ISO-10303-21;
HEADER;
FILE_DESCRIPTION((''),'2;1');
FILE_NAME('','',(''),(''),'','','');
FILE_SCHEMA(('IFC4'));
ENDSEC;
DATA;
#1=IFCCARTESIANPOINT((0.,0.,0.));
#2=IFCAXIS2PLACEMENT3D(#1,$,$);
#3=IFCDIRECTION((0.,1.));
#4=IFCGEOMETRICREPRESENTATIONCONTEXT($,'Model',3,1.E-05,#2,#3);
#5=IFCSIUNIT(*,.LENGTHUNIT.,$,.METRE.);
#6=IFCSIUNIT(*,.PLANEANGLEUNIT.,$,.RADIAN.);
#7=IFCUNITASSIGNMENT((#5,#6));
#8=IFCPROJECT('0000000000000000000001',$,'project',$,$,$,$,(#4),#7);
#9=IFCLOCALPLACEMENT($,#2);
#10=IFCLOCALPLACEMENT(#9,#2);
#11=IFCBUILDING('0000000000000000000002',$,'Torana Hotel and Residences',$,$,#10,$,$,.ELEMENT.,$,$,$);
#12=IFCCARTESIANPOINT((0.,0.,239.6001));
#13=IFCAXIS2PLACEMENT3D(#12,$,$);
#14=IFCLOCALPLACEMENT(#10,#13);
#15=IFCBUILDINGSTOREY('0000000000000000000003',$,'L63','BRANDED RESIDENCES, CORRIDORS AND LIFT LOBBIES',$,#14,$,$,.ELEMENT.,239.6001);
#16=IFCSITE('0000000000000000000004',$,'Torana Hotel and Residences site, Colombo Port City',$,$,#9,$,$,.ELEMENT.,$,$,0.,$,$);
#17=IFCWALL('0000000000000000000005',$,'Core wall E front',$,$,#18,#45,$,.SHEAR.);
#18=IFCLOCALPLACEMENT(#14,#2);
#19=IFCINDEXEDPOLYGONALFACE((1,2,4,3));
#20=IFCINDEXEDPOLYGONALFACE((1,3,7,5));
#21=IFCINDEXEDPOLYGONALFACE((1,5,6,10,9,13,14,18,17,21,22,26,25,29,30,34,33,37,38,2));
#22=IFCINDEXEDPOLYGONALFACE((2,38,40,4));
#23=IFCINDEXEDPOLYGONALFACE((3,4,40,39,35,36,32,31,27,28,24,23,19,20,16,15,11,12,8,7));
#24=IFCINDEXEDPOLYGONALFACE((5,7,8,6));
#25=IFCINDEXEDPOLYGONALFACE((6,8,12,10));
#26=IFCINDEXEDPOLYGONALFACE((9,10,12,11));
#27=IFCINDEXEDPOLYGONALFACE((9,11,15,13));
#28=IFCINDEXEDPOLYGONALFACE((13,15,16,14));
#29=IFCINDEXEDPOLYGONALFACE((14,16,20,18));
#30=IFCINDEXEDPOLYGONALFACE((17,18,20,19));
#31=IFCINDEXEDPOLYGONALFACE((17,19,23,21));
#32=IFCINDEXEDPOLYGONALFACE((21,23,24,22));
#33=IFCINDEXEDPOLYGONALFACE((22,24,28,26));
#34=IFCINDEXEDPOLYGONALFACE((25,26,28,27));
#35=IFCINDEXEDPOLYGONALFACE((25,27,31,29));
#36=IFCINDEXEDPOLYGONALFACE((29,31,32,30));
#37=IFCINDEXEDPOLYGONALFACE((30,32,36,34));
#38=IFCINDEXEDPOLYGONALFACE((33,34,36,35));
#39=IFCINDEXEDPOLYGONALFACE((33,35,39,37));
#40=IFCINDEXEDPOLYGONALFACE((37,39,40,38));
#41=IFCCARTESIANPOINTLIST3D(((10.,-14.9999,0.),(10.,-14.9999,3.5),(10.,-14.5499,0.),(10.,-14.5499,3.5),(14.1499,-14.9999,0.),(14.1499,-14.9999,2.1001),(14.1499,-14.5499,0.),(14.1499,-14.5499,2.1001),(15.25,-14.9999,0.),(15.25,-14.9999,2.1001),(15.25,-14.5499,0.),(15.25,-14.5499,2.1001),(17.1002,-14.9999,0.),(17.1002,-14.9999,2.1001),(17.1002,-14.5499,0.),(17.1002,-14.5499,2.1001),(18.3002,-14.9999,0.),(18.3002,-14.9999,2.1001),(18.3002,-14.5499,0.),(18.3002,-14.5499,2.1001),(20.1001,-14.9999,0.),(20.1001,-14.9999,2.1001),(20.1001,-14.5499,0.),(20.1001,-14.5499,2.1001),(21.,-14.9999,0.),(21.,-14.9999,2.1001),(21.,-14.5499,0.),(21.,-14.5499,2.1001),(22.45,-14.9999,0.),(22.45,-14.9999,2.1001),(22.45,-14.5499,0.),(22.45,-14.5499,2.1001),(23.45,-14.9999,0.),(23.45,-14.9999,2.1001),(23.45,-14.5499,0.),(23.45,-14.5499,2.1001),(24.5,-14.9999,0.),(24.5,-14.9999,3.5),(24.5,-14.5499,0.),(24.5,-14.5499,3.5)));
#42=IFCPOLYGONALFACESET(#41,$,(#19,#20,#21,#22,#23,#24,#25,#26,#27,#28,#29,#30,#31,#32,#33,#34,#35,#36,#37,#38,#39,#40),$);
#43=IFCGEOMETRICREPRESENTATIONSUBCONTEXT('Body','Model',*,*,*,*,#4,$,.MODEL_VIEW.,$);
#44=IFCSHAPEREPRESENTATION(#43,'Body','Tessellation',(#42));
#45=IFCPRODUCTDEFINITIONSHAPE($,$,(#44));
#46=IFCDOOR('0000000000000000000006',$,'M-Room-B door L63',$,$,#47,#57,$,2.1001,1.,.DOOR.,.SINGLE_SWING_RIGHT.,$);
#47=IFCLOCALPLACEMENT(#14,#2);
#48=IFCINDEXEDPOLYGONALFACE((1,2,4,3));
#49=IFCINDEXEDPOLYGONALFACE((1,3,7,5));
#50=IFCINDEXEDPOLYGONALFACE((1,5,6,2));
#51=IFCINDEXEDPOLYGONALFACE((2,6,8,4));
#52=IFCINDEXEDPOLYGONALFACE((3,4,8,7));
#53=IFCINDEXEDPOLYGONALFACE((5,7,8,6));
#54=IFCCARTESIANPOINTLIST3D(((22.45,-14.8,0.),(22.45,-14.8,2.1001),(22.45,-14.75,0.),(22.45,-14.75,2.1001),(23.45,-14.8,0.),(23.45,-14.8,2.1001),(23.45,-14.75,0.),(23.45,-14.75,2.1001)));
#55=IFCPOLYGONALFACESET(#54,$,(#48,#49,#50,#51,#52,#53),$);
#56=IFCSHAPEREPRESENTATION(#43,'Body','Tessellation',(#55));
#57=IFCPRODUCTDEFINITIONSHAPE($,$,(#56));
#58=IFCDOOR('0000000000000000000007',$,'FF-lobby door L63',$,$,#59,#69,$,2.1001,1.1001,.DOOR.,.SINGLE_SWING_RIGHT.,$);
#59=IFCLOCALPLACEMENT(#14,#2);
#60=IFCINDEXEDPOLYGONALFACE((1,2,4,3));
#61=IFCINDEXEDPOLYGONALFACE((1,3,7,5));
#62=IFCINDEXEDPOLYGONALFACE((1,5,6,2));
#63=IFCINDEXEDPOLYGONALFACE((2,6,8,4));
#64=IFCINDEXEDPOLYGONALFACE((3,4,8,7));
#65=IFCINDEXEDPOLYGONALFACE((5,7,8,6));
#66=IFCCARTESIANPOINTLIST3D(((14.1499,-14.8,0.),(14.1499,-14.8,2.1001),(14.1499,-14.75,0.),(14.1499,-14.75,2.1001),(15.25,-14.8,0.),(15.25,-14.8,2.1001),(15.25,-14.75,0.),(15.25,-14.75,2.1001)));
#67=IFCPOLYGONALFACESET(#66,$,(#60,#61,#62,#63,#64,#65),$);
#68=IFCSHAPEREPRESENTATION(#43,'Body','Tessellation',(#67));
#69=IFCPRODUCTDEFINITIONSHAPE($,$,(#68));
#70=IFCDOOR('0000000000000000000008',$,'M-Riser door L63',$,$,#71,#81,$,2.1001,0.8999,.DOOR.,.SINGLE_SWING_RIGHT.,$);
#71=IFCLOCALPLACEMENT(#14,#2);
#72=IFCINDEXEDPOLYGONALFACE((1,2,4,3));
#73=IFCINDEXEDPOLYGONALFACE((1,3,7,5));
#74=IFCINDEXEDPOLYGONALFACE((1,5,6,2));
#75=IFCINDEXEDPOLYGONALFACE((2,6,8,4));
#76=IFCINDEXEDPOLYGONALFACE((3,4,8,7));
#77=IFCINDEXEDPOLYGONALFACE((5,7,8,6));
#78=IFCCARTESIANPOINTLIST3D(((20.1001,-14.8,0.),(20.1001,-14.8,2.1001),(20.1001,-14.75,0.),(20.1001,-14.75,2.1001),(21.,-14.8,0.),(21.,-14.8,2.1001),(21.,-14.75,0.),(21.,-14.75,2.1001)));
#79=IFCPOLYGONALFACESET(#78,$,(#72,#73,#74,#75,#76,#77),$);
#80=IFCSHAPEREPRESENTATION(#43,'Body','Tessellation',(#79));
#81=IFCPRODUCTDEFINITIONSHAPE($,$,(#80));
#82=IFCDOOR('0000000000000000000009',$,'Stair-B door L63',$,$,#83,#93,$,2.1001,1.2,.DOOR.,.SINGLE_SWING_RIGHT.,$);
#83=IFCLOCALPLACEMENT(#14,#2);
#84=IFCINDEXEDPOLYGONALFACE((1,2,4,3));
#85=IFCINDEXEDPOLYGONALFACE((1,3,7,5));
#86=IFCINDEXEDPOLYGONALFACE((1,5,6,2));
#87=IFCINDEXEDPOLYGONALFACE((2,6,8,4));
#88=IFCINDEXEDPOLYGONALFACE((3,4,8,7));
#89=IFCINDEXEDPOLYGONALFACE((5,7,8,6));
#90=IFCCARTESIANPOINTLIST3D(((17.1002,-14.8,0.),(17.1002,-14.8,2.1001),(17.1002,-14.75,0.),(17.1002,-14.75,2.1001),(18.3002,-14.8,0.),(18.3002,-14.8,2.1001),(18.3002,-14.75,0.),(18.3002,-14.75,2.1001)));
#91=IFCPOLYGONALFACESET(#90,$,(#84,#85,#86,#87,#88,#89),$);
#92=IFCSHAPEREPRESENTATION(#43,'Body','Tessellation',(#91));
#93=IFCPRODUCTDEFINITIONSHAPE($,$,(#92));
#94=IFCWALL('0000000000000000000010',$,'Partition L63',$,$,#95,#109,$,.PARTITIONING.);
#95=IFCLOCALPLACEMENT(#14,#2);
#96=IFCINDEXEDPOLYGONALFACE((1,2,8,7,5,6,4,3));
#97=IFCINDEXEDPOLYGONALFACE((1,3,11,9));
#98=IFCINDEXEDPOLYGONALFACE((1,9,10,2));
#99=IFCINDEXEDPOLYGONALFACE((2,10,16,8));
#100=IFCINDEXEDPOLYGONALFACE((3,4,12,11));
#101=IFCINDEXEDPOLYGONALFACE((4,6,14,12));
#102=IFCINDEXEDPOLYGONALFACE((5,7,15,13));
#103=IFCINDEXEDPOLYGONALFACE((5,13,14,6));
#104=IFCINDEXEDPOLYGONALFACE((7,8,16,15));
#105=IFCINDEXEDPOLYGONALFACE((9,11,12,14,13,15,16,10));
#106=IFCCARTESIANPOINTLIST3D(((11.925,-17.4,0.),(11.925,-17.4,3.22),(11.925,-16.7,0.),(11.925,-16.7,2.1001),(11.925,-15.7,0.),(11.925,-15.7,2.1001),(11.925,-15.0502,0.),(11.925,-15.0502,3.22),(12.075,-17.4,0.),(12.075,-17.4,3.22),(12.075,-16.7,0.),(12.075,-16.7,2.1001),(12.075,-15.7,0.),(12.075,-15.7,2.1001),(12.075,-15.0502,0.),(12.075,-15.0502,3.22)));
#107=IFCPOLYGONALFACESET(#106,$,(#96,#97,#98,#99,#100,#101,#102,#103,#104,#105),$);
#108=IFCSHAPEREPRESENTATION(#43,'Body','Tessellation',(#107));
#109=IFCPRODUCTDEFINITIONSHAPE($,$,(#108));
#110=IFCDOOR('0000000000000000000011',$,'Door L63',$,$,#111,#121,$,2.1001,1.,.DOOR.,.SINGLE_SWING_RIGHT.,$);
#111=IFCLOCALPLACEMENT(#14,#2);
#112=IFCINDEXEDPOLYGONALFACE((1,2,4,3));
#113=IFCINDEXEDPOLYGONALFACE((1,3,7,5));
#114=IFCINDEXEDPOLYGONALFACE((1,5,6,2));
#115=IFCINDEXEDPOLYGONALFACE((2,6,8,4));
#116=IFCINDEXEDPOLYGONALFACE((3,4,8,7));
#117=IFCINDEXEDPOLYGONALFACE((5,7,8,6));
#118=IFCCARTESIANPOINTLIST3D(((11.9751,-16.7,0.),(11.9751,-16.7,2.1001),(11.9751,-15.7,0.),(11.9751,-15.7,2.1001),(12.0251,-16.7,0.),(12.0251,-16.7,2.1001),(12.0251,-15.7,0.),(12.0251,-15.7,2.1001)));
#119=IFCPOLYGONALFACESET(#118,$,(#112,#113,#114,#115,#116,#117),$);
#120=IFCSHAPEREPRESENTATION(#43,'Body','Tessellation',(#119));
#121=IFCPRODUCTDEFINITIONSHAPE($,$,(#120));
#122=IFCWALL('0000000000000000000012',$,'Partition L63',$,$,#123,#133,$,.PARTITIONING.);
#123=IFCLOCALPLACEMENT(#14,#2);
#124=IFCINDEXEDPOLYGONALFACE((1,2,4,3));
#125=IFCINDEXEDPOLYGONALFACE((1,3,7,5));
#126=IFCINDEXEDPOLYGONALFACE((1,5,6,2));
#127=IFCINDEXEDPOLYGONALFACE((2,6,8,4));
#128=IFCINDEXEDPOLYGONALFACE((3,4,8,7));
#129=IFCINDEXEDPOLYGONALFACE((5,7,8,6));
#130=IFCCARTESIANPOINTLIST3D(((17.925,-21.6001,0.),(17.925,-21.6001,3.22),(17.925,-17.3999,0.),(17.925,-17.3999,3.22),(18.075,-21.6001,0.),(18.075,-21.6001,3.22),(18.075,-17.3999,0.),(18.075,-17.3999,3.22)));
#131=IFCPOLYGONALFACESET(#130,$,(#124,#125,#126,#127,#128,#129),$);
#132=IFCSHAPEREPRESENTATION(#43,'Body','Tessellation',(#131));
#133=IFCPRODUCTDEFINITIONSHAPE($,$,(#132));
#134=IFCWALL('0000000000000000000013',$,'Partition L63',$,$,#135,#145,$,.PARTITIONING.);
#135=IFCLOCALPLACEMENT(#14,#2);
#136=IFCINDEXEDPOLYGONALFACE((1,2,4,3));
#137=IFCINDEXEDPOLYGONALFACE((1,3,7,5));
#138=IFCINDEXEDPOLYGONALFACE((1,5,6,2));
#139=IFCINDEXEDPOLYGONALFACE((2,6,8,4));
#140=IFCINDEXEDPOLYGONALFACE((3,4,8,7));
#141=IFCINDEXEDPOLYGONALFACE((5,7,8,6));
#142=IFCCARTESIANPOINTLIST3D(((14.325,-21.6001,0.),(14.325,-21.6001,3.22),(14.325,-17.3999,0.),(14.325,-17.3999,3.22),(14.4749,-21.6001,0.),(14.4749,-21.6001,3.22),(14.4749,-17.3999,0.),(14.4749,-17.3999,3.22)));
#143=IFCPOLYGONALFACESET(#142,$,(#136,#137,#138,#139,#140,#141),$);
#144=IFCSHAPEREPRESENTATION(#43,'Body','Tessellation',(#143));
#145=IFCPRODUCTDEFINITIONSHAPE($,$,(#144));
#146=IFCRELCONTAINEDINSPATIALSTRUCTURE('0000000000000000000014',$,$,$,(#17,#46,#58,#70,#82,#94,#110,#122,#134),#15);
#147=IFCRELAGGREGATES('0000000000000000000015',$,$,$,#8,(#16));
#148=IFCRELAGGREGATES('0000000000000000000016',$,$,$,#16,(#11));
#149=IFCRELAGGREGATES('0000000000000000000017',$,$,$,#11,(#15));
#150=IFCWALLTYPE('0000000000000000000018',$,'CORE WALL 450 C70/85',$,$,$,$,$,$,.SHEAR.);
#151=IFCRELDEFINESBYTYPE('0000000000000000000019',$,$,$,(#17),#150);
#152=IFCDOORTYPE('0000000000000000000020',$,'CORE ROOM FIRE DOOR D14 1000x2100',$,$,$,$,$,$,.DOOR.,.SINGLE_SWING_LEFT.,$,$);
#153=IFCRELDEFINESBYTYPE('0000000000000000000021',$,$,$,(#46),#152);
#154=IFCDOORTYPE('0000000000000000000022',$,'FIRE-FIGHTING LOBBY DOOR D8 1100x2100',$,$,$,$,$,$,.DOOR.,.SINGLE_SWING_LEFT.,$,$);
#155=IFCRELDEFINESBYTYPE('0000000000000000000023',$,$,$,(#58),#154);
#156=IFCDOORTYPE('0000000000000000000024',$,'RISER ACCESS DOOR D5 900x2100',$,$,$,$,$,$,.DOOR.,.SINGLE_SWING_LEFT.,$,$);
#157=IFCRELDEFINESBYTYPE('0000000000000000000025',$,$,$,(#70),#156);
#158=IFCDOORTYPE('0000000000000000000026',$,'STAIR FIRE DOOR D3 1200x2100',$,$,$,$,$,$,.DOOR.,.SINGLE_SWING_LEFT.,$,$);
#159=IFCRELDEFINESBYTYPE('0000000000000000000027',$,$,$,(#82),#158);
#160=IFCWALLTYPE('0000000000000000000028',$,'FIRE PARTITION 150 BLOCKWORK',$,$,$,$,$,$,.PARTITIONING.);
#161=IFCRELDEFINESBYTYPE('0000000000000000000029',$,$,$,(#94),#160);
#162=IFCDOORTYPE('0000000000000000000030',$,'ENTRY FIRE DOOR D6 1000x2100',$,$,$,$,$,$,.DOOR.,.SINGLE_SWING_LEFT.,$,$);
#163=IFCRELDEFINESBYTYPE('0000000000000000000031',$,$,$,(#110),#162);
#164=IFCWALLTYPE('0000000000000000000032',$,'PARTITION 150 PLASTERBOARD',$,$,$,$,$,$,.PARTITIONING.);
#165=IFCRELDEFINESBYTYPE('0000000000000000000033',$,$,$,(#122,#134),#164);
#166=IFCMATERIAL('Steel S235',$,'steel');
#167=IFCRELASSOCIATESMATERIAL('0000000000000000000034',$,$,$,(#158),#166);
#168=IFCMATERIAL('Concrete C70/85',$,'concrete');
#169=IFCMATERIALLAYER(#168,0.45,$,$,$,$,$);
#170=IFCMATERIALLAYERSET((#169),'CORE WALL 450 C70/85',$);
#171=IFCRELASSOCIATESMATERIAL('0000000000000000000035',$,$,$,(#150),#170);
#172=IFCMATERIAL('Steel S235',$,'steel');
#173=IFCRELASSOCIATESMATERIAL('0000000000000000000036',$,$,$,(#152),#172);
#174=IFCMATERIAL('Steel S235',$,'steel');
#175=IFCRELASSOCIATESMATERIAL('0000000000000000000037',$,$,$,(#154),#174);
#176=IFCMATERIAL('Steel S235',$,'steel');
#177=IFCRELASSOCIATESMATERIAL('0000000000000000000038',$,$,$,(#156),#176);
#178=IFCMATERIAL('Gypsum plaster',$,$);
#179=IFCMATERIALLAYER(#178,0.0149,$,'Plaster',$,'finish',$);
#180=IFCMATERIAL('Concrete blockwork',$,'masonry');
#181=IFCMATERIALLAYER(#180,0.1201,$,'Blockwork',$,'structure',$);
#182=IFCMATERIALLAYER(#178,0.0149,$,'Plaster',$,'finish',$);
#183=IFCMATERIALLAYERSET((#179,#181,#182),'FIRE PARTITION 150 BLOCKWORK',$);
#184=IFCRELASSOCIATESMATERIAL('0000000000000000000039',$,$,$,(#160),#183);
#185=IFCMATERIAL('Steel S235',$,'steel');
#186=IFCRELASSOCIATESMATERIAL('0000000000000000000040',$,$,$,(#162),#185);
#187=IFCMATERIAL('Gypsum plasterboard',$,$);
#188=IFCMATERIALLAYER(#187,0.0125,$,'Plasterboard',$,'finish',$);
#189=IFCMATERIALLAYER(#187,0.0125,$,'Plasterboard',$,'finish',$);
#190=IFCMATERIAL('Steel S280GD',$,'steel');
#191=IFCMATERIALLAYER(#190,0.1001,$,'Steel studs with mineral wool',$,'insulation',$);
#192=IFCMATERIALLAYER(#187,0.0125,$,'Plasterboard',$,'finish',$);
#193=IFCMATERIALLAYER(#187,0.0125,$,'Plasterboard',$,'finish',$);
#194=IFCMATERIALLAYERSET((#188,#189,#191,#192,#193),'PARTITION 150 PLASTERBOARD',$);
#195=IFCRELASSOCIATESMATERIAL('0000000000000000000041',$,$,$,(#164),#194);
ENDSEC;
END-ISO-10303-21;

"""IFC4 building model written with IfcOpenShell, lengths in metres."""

from ifc_helpers import new_model, si_unit, direction, frame, frame_2d, origin, place, context, subcontext, project, spatial, rectangle, extrude, material, layer, layer_set, type_object, element, fill, save


model = new_model("IFC4")

# Units and contexts
model_context = context("Model", 3, precision=1e-05, world=origin(), true_north=direction((0.0, 1.0)))
body_context = subcontext(model_context, "Body", "Model", "MODEL_VIEW")
ifc_project = project(units=[si_unit("LENGTHUNIT", "METRE"), si_unit("PLANEANGLEUNIT", "RADIAN")], contexts=[model_context])

# Site, building, storey
site_placement = place(None, origin())
site = spatial("IfcSite", under=ifc_project, at=site_placement, Name="Torana Hotel and Residences site, Colombo Port City", CompositionType="ELEMENT", RefElevation=0.0)
building_placement = place(site_placement, origin())
building = spatial("IfcBuilding", under=site, at=building_placement, Name="Torana Hotel and Residences", CompositionType="ELEMENT")
storey_placement = place(building_placement, frame((0.0, 0.0, 239.6001)))
storey = spatial("IfcBuildingStorey", under=building, at=storey_placement, Name="L63", Description="BRANDED RESIDENCES, CORRIDORS AND LIFT LOBBIES", CompositionType="ELEMENT", Elevation=239.6001)

# Shared definitions
ifc_material_1 = material(Name="Steel S235", Category="steel")
door_type_1 = type_object("IfcDoorType", Name="STAIR FIRE DOOR D3 1200x2100", OperationType="SINGLE_SWING_LEFT", PredefinedType="DOOR", material=ifc_material_1)

# Wall, openings, doors
ifc_material_2 = material(Name="Concrete C70/85", Category="concrete")
ifc_layer_1 = layer(ifc_material_2, 0.45)
ifc_layer_set_1 = layer_set([ifc_layer_1], Name="CORE WALL 450 C70/85")
wall_type_1 = type_object("IfcWallType", Name="CORE WALL 450 C70/85", PredefinedType="SHEAR", material=ifc_layer_set_1)
wall_1_placement = place(storey_placement, frame((10.0, -14.7749, 0.0), z_axis=(0.0, 0.0, 1.0), x_axis=(1.0, 0.0, 0.0)))
wall_1 = element("IfcWall", 1, at=wall_1_placement, inside=storey, type_object=wall_type_1, Name="Core wall E front", PredefinedType="SHEAR", context=body_context, shape_type="SweptSolid", body=[
    extrude(rectangle(XDim=14.5, YDim=0.45, at=frame_2d((7.25, 0.0))), origin(), (0.0, 0.0, 1.0), 3.5),
])
opening_1_placement = place(wall_1_placement, frame((7.1001, 0.0, 0.0)))
opening_1 = element("IfcOpeningElement", 2, at=opening_1_placement, cuts=wall_1, PredefinedType="OPENING", context=body_context, shape_type="SweptSolid", body=[
    extrude(rectangle(XDim=1.2, YDim=2.1001, at=frame_2d((0.6001, 1.05))), frame((0.0, 0.2349, 0.0), z_axis=(0.0, -1.0, 0.0), x_axis=(1.0, 0.0, 0.0)), (0.0, 0.0, 1.0), 0.47),
])
opening_2_placement = place(wall_1_placement, frame((4.1499, 0.0, 0.0)))
opening_2 = element("IfcOpeningElement", 3, at=opening_2_placement, cuts=wall_1, PredefinedType="OPENING", context=body_context, shape_type="SweptSolid", body=[
    extrude(rectangle(XDim=1.1001, YDim=2.1001, at=frame_2d((0.55, 1.05))), frame((0.0, 0.2349, 0.0), z_axis=(0.0, -1.0, 0.0), x_axis=(1.0, 0.0, 0.0)), (0.0, 0.0, 1.0), 0.47),
])
opening_3_placement = place(wall_1_placement, frame((10.1001, 0.0, 0.0)))
opening_3 = element("IfcOpeningElement", 4, at=opening_3_placement, cuts=wall_1, PredefinedType="OPENING", context=body_context, shape_type="SweptSolid", body=[
    extrude(rectangle(XDim=0.8999, YDim=2.1001, at=frame_2d((0.45, 1.05))), frame((0.0, 0.2349, 0.0), z_axis=(0.0, -1.0, 0.0), x_axis=(1.0, 0.0, 0.0)), (0.0, 0.0, 1.0), 0.47),
])
opening_4_placement = place(wall_1_placement, frame((12.45, 0.0, 0.0)))
opening_4 = element("IfcOpeningElement", 5, at=opening_4_placement, cuts=wall_1, PredefinedType="OPENING", context=body_context, shape_type="SweptSolid", body=[
    extrude(rectangle(XDim=1.0, YDim=2.1001, at=frame_2d((0.5, 1.05))), frame((0.0, 0.2349, 0.0), z_axis=(0.0, -1.0, 0.0), x_axis=(1.0, 0.0, 0.0)), (0.0, 0.0, 1.0), 0.47),
])
ifc_material_3 = material(Name="Steel S235", Category="steel")
door_type_2 = type_object("IfcDoorType", Name="CORE ROOM FIRE DOOR D14 1000x2100", OperationType="SINGLE_SWING_LEFT", PredefinedType="DOOR", material=ifc_material_3)
door_1_placement = place(opening_4_placement, origin())
door_1 = element("IfcDoor", 6, at=door_1_placement, inside=storey, type_object=door_type_2, Name="M-Room-B door L63", OperationType="SINGLE_SWING_RIGHT", OverallHeight=2.1001, OverallWidth=1.0, PredefinedType="DOOR", context=body_context, shape_type="SweptSolid", body=[
    extrude(rectangle(XDim=1.0, YDim=2.1001, at=frame_2d((0.5, 1.05))), frame((0.0, 0.0249, 0.0), z_axis=(0.0, -1.0, 0.0), x_axis=(1.0, 0.0, 0.0)), (0.0, 0.0, 1.0), 0.05),
])
fill(opening_4, door_1)
ifc_material_4 = material(Name="Steel S235", Category="steel")
door_type_3 = type_object("IfcDoorType", Name="FIRE-FIGHTING LOBBY DOOR D8 1100x2100", OperationType="SINGLE_SWING_LEFT", PredefinedType="DOOR", material=ifc_material_4)
door_2_placement = place(opening_2_placement, origin())
door_2 = element("IfcDoor", 7, at=door_2_placement, inside=storey, type_object=door_type_3, Name="FF-lobby door L63", OperationType="SINGLE_SWING_RIGHT", OverallHeight=2.1001, OverallWidth=1.1001, PredefinedType="DOOR", context=body_context, shape_type="SweptSolid", body=[
    extrude(rectangle(XDim=1.1001, YDim=2.1001, at=frame_2d((0.55, 1.05))), frame((0.0, 0.0249, 0.0), z_axis=(0.0, -1.0, 0.0), x_axis=(1.0, 0.0, 0.0)), (0.0, 0.0, 1.0), 0.05),
])
fill(opening_2, door_2)
ifc_material_5 = material(Name="Steel S235", Category="steel")
door_type_4 = type_object("IfcDoorType", Name="RISER ACCESS DOOR D5 900x2100", OperationType="SINGLE_SWING_LEFT", PredefinedType="DOOR", material=ifc_material_5)
door_3_placement = place(opening_3_placement, origin())
door_3 = element("IfcDoor", 8, at=door_3_placement, inside=storey, type_object=door_type_4, Name="M-Riser door L63", OperationType="SINGLE_SWING_RIGHT", OverallHeight=2.1001, OverallWidth=0.8999, PredefinedType="DOOR", context=body_context, shape_type="SweptSolid", body=[
    extrude(rectangle(XDim=0.8999, YDim=2.1001, at=frame_2d((0.45, 1.05))), frame((0.0, 0.0249, 0.0), z_axis=(0.0, -1.0, 0.0), x_axis=(1.0, 0.0, 0.0)), (0.0, 0.0, 1.0), 0.05),
])
fill(opening_3, door_3)
door_4_placement = place(opening_1_placement, origin())
door_4 = element("IfcDoor", 9, at=door_4_placement, inside=storey, type_object=door_type_1, Name="Stair-B door L63", OperationType="SINGLE_SWING_RIGHT", OverallHeight=2.1001, OverallWidth=1.2, PredefinedType="DOOR", context=body_context, shape_type="SweptSolid", body=[
    extrude(rectangle(XDim=1.2, YDim=2.1001, at=frame_2d((0.6001, 1.05))), frame((0.0, 0.0249, 0.0), z_axis=(0.0, -1.0, 0.0), x_axis=(1.0, 0.0, 0.0)), (0.0, 0.0, 1.0), 0.05),
])
fill(opening_1, door_4)

# Wall, opening, door
ifc_material_6 = material(Name="Gypsum plaster")
ifc_layer_2 = layer(ifc_material_6, 0.0149, Name="Plaster", Category="finish")
ifc_material_7 = material(Name="Concrete blockwork", Category="masonry")
ifc_layer_3 = layer(ifc_material_7, 0.1201, Name="Blockwork", Category="structure")
ifc_layer_4 = layer(ifc_material_6, 0.0149, Name="Plaster", Category="finish")
ifc_layer_set_2 = layer_set([ifc_layer_2, ifc_layer_3, ifc_layer_4], Name="FIRE PARTITION 150 BLOCKWORK")
wall_type_2 = type_object("IfcWallType", Name="FIRE PARTITION 150 BLOCKWORK", PredefinedType="PARTITIONING", material=ifc_layer_set_2)
wall_2_placement = place(storey_placement, frame((12.0, -17.3999, 0.0), z_axis=(0.0, 0.0, 1.0), x_axis=(0.0, 1.0, 0.0)))
wall_2 = element("IfcWall", 10, at=wall_2_placement, inside=storey, type_object=wall_type_2, Name="Partition L63", PredefinedType="PARTITIONING", context=body_context, shape_type="SweptSolid", body=[
    extrude(rectangle(XDim=2.3499, YDim=0.1499, at=frame_2d((1.1748, 0.0))), origin(), (0.0, 0.0, 1.0), 3.22),
])
opening_5_placement = place(wall_2_placement, frame((0.7, 0.0, 0.0)))
opening_5 = element("IfcOpeningElement", 11, at=opening_5_placement, cuts=wall_2, PredefinedType="OPENING", context=body_context, shape_type="SweptSolid", body=[
    extrude(rectangle(XDim=1.0, YDim=2.1001, at=frame_2d((0.5, 1.05))), frame((0.0, 0.085, 0.0), z_axis=(0.0, -1.0, 0.0), x_axis=(1.0, 0.0, 0.0)), (0.0, 0.0, 1.0), 0.1699),
])
ifc_material_8 = material(Name="Steel S235", Category="steel")
door_type_5 = type_object("IfcDoorType", Name="ENTRY FIRE DOOR D6 1000x2100", OperationType="SINGLE_SWING_LEFT", PredefinedType="DOOR", material=ifc_material_8)
door_5_placement = place(opening_5_placement, origin())
door_5 = element("IfcDoor", 12, at=door_5_placement, inside=storey, type_object=door_type_5, Name="Door L63", OperationType="SINGLE_SWING_RIGHT", OverallHeight=2.1001, OverallWidth=1.0, PredefinedType="DOOR", context=body_context, shape_type="SweptSolid", body=[
    extrude(rectangle(XDim=1.0, YDim=2.1001, at=frame_2d((0.5, 1.05))), frame((0.0, 0.0249, 0.0), z_axis=(0.0, -1.0, 0.0), x_axis=(1.0, 0.0, 0.0)), (0.0, 0.0, 1.0), 0.05),
])
fill(opening_5, door_5)

# Walls
ifc_material_9 = material(Name="Gypsum plasterboard")
ifc_layer_5 = layer(ifc_material_9, 0.0125, Name="Plasterboard", Category="finish")
ifc_layer_6 = layer(ifc_material_9, 0.0125, Name="Plasterboard", Category="finish")
ifc_material_10 = material(Name="Steel S280GD", Category="steel")
ifc_layer_7 = layer(ifc_material_10, 0.1001, Name="Steel studs with mineral wool", Category="insulation")
ifc_layer_8 = layer(ifc_material_9, 0.0125, Name="Plasterboard", Category="finish")
ifc_layer_9 = layer(ifc_material_9, 0.0125, Name="Plasterboard", Category="finish")
ifc_layer_set_3 = layer_set([ifc_layer_5, ifc_layer_6, ifc_layer_7, ifc_layer_8, ifc_layer_9], Name="PARTITION 150 PLASTERBOARD")
wall_type_3 = type_object("IfcWallType", Name="PARTITION 150 PLASTERBOARD", PredefinedType="PARTITIONING", material=ifc_layer_set_3)
for number, where, z_axis, x_axis, name in (
    (13, (18.0, -21.6001, 0.0), (0.0, 0.0, 1.0), (0.0, 1.0, 0.0), "Partition L63"),
    (14, (14.3999, -21.6001, 0.0), (0.0, 0.0, 1.0), (0.0, 1.0, 0.0), "Partition L63"),
):
    element("IfcWall", number, at=place(storey_placement, frame(where, z_axis=z_axis, x_axis=x_axis)), inside=storey, type_object=wall_type_3, Name=name, PredefinedType="PARTITIONING", context=body_context, shape_type="SweptSolid", body=[
        extrude(rectangle(XDim=4.2002, YDim=0.1499, at=frame_2d((2.1001, 0.0))), origin(), (0.0, 0.0, 1.0), 3.22),
    ])

save(model, "model.ifc")
